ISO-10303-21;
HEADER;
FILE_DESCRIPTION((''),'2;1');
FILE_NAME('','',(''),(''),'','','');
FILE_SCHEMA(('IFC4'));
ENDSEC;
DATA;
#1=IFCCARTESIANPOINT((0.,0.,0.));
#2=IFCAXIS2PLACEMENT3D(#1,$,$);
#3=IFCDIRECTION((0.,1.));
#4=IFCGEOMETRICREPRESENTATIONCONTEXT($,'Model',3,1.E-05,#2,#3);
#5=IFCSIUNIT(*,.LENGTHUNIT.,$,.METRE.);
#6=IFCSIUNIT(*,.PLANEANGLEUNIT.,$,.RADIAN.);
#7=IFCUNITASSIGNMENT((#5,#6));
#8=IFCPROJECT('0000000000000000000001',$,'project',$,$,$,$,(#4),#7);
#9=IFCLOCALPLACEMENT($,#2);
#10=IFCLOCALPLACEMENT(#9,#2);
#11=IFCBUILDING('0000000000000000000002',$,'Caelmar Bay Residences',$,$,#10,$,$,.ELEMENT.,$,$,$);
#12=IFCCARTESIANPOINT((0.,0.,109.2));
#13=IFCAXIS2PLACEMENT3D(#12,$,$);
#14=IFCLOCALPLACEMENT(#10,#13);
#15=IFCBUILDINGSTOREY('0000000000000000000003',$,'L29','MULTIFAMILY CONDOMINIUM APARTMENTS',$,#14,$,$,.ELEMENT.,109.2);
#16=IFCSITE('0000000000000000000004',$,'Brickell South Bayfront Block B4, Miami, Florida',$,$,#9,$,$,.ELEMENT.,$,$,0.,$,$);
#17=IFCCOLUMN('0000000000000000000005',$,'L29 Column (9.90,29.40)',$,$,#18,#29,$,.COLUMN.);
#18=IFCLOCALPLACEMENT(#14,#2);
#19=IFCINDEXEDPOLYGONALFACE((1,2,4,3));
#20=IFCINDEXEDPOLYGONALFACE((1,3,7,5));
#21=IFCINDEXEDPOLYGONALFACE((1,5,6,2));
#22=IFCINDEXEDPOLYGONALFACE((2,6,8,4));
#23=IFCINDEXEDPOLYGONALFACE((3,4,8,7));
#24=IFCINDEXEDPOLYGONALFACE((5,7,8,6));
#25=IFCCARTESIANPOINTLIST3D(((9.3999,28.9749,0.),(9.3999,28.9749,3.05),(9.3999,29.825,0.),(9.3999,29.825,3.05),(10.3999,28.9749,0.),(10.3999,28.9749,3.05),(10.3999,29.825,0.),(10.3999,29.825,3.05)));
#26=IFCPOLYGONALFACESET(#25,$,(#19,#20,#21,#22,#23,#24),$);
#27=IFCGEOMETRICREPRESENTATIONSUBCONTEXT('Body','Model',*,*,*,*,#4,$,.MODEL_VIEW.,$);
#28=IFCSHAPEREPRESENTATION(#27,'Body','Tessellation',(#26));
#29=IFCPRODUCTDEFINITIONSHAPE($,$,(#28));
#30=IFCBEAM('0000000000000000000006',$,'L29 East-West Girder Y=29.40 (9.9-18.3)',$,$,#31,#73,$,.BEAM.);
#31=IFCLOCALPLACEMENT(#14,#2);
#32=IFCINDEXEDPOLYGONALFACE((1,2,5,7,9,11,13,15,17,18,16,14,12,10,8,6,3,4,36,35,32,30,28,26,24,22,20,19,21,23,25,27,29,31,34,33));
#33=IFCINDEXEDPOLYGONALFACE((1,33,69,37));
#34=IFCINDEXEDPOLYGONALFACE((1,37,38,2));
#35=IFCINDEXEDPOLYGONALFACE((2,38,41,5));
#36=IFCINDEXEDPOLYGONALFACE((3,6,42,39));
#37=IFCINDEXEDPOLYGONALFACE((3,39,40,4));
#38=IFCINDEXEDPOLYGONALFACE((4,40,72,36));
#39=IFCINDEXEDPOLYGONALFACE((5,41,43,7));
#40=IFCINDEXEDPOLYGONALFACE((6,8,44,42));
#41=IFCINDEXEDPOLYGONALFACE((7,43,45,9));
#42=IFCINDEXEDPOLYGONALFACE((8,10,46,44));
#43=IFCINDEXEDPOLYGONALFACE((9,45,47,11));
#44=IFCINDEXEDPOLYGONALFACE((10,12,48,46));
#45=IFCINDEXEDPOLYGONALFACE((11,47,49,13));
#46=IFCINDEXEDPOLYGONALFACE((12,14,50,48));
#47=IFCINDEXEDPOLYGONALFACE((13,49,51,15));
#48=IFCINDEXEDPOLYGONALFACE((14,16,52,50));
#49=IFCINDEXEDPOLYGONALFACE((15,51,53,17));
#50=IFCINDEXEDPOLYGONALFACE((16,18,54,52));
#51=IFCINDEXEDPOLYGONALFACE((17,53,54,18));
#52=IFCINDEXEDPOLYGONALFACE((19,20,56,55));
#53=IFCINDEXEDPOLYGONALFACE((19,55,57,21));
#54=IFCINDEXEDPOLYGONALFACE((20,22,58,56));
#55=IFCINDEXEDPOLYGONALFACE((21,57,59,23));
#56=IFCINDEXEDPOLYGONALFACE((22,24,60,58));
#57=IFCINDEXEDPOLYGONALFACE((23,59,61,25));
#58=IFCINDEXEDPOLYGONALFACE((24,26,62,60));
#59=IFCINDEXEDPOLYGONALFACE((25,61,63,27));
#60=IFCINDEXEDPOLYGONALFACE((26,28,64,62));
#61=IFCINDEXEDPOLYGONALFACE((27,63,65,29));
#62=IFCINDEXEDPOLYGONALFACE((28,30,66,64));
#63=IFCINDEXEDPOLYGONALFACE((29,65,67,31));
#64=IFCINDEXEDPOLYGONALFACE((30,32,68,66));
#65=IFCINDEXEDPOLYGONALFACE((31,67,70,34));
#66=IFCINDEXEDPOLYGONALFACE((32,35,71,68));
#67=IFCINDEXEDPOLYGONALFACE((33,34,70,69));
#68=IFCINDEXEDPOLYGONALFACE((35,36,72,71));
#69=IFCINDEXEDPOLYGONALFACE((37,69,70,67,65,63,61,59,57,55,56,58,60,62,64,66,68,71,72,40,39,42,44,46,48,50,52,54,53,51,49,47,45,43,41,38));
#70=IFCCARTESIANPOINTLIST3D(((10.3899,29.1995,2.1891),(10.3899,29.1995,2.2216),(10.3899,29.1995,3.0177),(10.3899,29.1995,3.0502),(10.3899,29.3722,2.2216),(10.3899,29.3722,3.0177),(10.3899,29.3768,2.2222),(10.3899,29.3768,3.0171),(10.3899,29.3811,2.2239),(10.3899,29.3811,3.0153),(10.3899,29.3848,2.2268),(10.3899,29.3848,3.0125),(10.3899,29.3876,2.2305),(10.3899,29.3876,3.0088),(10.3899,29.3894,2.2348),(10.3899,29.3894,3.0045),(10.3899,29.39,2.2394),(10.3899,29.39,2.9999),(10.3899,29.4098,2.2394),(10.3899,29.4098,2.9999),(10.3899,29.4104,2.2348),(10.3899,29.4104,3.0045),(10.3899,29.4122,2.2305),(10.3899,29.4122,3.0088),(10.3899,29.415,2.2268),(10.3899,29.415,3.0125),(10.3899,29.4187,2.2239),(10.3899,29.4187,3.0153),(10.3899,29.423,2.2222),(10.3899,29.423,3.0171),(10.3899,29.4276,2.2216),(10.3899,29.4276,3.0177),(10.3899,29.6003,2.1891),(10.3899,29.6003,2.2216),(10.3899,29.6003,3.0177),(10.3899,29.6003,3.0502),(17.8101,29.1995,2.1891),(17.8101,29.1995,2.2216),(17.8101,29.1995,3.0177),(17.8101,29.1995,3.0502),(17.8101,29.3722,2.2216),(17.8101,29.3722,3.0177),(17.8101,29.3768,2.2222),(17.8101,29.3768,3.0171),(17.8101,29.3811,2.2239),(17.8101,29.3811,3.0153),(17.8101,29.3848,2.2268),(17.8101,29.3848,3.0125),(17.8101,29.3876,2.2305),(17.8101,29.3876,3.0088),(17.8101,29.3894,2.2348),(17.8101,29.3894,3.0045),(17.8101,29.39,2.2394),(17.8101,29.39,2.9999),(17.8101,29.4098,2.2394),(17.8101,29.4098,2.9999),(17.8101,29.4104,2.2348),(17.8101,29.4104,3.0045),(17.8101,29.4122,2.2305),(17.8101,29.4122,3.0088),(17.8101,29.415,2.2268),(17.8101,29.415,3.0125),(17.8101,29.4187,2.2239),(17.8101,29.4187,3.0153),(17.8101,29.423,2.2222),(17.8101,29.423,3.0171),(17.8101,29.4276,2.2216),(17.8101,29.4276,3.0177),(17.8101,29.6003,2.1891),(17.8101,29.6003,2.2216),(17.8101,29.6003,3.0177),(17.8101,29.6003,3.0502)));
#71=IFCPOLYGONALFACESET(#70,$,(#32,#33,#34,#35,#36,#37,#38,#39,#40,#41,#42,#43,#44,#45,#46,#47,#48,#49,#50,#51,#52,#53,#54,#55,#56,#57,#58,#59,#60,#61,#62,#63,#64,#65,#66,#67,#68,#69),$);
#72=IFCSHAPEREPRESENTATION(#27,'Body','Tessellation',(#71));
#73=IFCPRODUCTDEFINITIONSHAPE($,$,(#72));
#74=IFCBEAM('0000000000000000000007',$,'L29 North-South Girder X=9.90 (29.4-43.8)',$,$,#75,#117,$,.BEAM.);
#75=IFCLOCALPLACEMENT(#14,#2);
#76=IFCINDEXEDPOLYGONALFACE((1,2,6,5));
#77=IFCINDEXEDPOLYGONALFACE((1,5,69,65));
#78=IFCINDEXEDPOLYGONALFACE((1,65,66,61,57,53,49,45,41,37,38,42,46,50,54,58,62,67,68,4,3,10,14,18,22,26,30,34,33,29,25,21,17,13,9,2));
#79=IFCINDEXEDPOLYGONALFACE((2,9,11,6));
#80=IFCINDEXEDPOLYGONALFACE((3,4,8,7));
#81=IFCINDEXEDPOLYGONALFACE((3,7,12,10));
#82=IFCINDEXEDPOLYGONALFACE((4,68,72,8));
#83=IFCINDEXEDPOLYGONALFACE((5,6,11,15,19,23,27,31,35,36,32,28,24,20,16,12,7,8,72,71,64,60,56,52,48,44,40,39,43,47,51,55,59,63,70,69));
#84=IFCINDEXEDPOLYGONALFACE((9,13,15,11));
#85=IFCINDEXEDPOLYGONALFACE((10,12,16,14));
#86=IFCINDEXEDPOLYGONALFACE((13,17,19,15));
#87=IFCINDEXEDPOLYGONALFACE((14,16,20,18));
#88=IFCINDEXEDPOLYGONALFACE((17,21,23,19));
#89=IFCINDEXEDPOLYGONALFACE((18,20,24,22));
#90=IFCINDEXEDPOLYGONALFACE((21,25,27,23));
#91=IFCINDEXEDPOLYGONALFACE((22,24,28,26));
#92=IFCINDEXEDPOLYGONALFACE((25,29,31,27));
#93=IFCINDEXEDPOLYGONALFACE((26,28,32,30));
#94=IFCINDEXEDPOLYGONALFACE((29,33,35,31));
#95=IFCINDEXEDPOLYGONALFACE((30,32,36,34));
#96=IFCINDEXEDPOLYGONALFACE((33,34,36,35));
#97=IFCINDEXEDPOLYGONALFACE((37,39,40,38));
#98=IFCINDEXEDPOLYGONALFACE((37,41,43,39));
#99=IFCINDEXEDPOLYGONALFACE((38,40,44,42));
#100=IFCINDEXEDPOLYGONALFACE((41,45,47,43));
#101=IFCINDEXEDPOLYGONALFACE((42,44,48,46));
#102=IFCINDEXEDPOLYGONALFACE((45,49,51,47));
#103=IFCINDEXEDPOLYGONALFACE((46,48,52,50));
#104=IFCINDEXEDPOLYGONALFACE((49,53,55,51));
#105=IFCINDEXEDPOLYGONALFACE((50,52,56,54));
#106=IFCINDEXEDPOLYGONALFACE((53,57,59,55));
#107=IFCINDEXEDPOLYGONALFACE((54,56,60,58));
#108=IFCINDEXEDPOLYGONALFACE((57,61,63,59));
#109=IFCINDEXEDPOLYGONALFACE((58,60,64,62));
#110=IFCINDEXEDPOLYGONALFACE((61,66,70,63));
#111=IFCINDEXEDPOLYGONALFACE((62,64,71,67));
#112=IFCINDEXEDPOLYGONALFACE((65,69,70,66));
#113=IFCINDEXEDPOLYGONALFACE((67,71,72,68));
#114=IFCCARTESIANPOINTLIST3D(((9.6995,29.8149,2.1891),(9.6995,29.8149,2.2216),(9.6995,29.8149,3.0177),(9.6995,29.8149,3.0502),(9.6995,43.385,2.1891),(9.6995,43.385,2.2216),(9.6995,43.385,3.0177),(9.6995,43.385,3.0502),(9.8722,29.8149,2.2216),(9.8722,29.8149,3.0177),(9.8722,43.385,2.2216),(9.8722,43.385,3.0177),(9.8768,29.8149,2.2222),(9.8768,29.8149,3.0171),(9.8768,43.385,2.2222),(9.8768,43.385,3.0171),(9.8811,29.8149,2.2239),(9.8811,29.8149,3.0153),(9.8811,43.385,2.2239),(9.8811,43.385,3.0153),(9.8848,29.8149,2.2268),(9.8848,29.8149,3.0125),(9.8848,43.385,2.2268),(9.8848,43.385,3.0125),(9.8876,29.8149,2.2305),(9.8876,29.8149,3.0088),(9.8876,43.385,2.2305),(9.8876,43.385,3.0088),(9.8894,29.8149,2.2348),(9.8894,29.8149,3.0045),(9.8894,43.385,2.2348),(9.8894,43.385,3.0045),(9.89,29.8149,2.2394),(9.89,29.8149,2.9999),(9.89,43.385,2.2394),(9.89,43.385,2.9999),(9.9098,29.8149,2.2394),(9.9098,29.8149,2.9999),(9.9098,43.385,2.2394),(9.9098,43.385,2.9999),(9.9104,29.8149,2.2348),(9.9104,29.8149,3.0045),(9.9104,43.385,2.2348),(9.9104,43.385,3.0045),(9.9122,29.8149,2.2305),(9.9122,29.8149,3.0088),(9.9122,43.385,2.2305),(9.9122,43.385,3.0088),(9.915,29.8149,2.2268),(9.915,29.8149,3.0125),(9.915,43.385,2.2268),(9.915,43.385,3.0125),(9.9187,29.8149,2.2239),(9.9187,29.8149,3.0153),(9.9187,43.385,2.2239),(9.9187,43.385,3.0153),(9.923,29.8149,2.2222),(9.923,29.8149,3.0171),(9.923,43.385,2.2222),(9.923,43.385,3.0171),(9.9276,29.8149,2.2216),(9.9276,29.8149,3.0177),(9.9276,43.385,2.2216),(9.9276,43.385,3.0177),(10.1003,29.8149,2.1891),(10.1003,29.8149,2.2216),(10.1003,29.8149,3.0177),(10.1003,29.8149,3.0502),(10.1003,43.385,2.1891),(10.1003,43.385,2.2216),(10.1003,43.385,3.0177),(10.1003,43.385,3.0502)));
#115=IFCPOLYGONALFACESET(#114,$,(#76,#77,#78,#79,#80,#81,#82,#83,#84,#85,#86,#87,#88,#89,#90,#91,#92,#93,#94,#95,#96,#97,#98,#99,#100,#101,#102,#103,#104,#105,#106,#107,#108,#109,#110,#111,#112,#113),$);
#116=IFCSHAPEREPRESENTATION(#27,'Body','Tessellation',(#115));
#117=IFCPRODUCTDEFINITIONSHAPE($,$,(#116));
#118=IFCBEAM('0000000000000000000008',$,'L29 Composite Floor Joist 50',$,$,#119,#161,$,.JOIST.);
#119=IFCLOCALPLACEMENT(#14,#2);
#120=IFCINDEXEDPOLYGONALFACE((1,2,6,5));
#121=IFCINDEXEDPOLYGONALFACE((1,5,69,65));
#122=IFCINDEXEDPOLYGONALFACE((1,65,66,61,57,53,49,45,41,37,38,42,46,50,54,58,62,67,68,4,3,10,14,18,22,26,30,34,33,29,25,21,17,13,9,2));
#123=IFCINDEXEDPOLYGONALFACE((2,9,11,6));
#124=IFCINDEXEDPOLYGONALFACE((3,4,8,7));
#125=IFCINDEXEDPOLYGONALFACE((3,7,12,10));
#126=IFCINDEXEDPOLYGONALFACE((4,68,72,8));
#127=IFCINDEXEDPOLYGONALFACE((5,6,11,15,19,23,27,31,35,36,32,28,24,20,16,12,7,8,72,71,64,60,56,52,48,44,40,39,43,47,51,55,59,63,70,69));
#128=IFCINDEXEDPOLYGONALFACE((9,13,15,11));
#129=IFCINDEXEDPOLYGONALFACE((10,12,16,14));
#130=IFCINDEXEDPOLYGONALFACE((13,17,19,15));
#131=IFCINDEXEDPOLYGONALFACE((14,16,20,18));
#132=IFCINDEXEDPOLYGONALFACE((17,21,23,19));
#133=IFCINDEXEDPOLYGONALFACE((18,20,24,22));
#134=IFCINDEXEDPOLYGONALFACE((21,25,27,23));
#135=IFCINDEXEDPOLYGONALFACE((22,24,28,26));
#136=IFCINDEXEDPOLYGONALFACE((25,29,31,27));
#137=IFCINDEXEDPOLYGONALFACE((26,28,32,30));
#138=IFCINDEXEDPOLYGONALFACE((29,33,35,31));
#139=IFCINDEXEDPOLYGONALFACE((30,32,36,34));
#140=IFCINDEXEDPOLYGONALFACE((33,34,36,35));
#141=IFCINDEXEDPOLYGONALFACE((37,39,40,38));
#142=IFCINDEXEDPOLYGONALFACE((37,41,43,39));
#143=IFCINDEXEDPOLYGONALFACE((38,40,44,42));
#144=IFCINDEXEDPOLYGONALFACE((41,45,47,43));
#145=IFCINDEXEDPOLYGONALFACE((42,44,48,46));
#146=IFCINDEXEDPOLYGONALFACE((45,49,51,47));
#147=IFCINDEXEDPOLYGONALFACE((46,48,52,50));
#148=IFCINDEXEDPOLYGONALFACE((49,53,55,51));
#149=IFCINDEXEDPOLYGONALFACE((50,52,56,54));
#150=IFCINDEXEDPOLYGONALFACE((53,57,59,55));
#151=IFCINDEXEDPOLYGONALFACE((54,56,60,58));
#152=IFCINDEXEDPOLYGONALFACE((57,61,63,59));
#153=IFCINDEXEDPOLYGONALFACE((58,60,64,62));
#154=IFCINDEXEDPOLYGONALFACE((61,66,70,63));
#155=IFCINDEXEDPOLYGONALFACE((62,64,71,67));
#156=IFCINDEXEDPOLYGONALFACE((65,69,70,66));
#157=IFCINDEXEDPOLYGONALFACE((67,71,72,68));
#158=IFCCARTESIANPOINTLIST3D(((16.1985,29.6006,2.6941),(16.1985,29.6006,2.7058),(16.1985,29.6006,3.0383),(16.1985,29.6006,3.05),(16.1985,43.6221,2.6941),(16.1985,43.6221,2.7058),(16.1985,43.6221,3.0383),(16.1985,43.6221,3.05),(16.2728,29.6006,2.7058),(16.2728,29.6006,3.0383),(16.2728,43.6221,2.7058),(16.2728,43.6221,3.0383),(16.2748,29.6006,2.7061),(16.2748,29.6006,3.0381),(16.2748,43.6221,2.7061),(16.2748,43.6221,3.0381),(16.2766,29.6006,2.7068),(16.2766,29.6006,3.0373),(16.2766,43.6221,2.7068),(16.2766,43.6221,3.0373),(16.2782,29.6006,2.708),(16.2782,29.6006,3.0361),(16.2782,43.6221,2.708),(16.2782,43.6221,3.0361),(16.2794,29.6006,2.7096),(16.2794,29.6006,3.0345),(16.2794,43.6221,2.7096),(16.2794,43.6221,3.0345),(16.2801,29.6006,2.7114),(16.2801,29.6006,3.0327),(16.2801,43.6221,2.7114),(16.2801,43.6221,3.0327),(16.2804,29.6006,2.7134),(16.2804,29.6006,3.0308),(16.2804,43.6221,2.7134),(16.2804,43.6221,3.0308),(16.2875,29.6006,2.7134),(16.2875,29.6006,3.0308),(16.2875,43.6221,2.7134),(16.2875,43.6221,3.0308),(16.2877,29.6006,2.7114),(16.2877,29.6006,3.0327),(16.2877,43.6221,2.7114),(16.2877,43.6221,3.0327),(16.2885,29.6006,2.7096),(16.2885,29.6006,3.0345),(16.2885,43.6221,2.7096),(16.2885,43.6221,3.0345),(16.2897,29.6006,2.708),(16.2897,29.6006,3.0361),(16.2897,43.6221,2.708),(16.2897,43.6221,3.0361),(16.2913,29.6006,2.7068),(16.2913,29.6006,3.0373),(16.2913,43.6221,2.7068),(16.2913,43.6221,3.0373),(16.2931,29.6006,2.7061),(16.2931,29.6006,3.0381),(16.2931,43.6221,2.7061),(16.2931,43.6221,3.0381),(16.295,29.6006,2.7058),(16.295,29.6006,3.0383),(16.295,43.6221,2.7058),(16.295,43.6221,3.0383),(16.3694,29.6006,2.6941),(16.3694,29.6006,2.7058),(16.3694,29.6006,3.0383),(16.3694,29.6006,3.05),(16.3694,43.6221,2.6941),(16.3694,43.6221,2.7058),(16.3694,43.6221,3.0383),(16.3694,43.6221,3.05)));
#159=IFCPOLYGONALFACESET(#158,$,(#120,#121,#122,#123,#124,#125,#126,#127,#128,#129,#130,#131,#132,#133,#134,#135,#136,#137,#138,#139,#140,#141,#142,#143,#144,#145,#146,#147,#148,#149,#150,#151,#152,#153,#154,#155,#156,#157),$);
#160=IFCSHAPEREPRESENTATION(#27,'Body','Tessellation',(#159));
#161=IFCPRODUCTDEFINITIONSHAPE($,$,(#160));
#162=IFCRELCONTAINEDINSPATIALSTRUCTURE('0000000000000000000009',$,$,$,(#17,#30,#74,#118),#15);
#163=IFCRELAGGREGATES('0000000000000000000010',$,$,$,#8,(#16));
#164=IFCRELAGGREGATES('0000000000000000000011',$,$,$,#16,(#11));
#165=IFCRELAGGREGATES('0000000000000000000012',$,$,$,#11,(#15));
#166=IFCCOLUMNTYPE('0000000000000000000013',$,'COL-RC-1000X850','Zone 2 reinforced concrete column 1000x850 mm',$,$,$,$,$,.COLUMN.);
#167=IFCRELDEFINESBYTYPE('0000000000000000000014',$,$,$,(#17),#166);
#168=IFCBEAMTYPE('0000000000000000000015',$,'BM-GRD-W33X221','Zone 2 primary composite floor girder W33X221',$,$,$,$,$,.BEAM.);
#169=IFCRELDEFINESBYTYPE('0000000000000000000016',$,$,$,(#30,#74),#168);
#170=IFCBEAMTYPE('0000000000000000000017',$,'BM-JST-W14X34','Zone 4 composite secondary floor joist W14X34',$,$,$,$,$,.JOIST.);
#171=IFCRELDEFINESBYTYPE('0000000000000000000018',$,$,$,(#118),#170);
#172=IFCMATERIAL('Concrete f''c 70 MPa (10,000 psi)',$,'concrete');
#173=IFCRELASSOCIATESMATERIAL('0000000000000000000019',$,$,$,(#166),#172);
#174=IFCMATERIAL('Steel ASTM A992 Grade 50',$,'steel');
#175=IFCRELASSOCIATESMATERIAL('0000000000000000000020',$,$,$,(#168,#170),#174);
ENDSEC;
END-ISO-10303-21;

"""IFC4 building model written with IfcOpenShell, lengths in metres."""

from ifc_helpers import new_model, si_unit, direction, frame, origin, origin_2d, place, context, subcontext, project, spatial, rectangle, i_section, extrude, material, material_profile, profile_set, type_object, element, save


model = new_model("IFC4")

# Units and contexts
model_context = context("Model", 3, precision=1e-05, world=origin(), true_north=direction((0.0, 1.0)))
body_context = subcontext(model_context, "Body", "Model", "MODEL_VIEW")
ifc_project = project(units=[si_unit("LENGTHUNIT", "METRE"), si_unit("PLANEANGLEUNIT", "RADIAN")], contexts=[model_context])

# Site, building, storey
site_placement = place(None, origin())
site = spatial("IfcSite", under=ifc_project, at=site_placement, Name="Brickell South Bayfront Block B4, Miami, Florida", CompositionType="ELEMENT", RefElevation=0.0)
building_placement = place(site_placement, origin())
building = spatial("IfcBuilding", under=site, at=building_placement, Name="Caelmar Bay Residences", CompositionType="ELEMENT")
storey_placement = place(building_placement, frame((0.0, 0.0, 109.2)))
storey = spatial("IfcBuildingStorey", under=building, at=storey_placement, Name="L29", Description="MULTIFAMILY CONDOMINIUM APARTMENTS", CompositionType="ELEMENT", Elevation=109.2)

# Column
ifc_material_1 = material(Name="Concrete f'c 70 MPa (10,000 psi)", Category="concrete")
ifc_material_profile_1 = material_profile(ifc_material_1, rectangle(XDim=1.0, YDim=0.8501, at=origin_2d()), Name="RC-COL-1000X850")
ifc_profile_set_1 = profile_set([ifc_material_profile_1], Name="Concrete f'c 70 MPa (10,000 psi)")
column_type = type_object("IfcColumnType", Name="COL-RC-1000X850", Description="Zone 2 reinforced concrete column 1000x850 mm", PredefinedType="COLUMN", material=ifc_profile_set_1)
column_placement = place(storey_placement, frame((9.8999, 29.3999, 0.0), z_axis=(0.0, 0.0, 1.0), x_axis=(1.0, 0.0, 0.0)))
element("IfcColumn", 1, at=column_placement, inside=storey, type_object=column_type, Name="L29 Column (9.90,29.40)", PredefinedType="COLUMN", context=body_context, shape_type="SweptSolid", body=[
    extrude(rectangle(XDim=1.0, YDim=0.8501, at=origin_2d()), origin(), (0.0, 0.0, 1.0), 3.05),
])

# Beams
ifc_material_2 = material(Name="Steel ASTM A992 Grade 50", Category="steel")
ifc_material_profile_2 = material_profile(ifc_material_2, i_section(OverallWidth=0.4009, OverallDepth=0.8611, WebThickness=0.0198, FlangeThickness=0.0325, FilletRadius=0.0178, at=origin_2d()), Name="W33X221")
ifc_profile_set_2 = profile_set([ifc_material_profile_2], Name="Steel ASTM A992 Grade 50")
beam_type_1 = type_object("IfcBeamType", Name="BM-GRD-W33X221", Description="Zone 2 primary composite floor girder W33X221", PredefinedType="BEAM", material=ifc_profile_set_2)
beam_1_placement = place(storey_placement, frame((10.3899, 29.3999, 2.6196), z_axis=(1.0, 0.0, 0.0), x_axis=(0.0, 1.0, 0.0)))
element("IfcBeam", 2, at=beam_1_placement, inside=storey, type_object=beam_type_1, Name="L29 East-West Girder Y=29.40 (9.9-18.3)", PredefinedType="BEAM", context=body_context, shape_type="SweptSolid", body=[
    extrude(i_section(OverallWidth=0.4009, OverallDepth=0.8611, WebThickness=0.0198, FlangeThickness=0.0325, FilletRadius=0.0178, at=origin_2d()), origin(), (0.0, 0.0, 1.0), 7.4202),
])
beam_2_placement = place(storey_placement, frame((9.8999, 29.8149, 2.6196), z_axis=(0.0, 1.0, 0.0), x_axis=(-1.0, 0.0, 0.0)))
element("IfcBeam", 3, at=beam_2_placement, inside=storey, type_object=beam_type_1, Name="L29 North-South Girder X=9.90 (29.4-43.8)", PredefinedType="BEAM", context=body_context, shape_type="SweptSolid", body=[
    extrude(i_section(OverallWidth=0.4009, OverallDepth=0.8611, WebThickness=0.0198, FlangeThickness=0.0325, FilletRadius=0.0178, at=origin_2d()), origin(), (0.0, 0.0, 1.0), 13.5701),
])
ifc_material_profile_3 = material_profile(ifc_material_2, i_section(OverallWidth=0.1709, OverallDepth=0.356, WebThickness=0.0071, FlangeThickness=0.0117, FilletRadius=0.0076, at=origin_2d()), Name="W14X34")
ifc_profile_set_3 = profile_set([ifc_material_profile_3], Name="Steel ASTM A992 Grade 50")
beam_type_2 = type_object("IfcBeamType", Name="BM-JST-W14X34", Description="Zone 4 composite secondary floor joist W14X34", PredefinedType="JOIST", material=ifc_profile_set_3)
beam_3_placement = place(storey_placement, frame((16.2839, 29.6006, 2.8721), z_axis=(0.0, 1.0, 0.0), x_axis=(-1.0, 0.0, 0.0)))
element("IfcBeam", 4, at=beam_3_placement, inside=storey, type_object=beam_type_2, Name="L29 Composite Floor Joist 50", PredefinedType="JOIST", context=body_context, shape_type="SweptSolid", body=[
    extrude(i_section(OverallWidth=0.1709, OverallDepth=0.356, WebThickness=0.0071, FlangeThickness=0.0117, FilletRadius=0.0076, at=origin_2d()), origin(), (0.0, 0.0, 1.0), 14.0215),
])

save(model, "model.ifc")
